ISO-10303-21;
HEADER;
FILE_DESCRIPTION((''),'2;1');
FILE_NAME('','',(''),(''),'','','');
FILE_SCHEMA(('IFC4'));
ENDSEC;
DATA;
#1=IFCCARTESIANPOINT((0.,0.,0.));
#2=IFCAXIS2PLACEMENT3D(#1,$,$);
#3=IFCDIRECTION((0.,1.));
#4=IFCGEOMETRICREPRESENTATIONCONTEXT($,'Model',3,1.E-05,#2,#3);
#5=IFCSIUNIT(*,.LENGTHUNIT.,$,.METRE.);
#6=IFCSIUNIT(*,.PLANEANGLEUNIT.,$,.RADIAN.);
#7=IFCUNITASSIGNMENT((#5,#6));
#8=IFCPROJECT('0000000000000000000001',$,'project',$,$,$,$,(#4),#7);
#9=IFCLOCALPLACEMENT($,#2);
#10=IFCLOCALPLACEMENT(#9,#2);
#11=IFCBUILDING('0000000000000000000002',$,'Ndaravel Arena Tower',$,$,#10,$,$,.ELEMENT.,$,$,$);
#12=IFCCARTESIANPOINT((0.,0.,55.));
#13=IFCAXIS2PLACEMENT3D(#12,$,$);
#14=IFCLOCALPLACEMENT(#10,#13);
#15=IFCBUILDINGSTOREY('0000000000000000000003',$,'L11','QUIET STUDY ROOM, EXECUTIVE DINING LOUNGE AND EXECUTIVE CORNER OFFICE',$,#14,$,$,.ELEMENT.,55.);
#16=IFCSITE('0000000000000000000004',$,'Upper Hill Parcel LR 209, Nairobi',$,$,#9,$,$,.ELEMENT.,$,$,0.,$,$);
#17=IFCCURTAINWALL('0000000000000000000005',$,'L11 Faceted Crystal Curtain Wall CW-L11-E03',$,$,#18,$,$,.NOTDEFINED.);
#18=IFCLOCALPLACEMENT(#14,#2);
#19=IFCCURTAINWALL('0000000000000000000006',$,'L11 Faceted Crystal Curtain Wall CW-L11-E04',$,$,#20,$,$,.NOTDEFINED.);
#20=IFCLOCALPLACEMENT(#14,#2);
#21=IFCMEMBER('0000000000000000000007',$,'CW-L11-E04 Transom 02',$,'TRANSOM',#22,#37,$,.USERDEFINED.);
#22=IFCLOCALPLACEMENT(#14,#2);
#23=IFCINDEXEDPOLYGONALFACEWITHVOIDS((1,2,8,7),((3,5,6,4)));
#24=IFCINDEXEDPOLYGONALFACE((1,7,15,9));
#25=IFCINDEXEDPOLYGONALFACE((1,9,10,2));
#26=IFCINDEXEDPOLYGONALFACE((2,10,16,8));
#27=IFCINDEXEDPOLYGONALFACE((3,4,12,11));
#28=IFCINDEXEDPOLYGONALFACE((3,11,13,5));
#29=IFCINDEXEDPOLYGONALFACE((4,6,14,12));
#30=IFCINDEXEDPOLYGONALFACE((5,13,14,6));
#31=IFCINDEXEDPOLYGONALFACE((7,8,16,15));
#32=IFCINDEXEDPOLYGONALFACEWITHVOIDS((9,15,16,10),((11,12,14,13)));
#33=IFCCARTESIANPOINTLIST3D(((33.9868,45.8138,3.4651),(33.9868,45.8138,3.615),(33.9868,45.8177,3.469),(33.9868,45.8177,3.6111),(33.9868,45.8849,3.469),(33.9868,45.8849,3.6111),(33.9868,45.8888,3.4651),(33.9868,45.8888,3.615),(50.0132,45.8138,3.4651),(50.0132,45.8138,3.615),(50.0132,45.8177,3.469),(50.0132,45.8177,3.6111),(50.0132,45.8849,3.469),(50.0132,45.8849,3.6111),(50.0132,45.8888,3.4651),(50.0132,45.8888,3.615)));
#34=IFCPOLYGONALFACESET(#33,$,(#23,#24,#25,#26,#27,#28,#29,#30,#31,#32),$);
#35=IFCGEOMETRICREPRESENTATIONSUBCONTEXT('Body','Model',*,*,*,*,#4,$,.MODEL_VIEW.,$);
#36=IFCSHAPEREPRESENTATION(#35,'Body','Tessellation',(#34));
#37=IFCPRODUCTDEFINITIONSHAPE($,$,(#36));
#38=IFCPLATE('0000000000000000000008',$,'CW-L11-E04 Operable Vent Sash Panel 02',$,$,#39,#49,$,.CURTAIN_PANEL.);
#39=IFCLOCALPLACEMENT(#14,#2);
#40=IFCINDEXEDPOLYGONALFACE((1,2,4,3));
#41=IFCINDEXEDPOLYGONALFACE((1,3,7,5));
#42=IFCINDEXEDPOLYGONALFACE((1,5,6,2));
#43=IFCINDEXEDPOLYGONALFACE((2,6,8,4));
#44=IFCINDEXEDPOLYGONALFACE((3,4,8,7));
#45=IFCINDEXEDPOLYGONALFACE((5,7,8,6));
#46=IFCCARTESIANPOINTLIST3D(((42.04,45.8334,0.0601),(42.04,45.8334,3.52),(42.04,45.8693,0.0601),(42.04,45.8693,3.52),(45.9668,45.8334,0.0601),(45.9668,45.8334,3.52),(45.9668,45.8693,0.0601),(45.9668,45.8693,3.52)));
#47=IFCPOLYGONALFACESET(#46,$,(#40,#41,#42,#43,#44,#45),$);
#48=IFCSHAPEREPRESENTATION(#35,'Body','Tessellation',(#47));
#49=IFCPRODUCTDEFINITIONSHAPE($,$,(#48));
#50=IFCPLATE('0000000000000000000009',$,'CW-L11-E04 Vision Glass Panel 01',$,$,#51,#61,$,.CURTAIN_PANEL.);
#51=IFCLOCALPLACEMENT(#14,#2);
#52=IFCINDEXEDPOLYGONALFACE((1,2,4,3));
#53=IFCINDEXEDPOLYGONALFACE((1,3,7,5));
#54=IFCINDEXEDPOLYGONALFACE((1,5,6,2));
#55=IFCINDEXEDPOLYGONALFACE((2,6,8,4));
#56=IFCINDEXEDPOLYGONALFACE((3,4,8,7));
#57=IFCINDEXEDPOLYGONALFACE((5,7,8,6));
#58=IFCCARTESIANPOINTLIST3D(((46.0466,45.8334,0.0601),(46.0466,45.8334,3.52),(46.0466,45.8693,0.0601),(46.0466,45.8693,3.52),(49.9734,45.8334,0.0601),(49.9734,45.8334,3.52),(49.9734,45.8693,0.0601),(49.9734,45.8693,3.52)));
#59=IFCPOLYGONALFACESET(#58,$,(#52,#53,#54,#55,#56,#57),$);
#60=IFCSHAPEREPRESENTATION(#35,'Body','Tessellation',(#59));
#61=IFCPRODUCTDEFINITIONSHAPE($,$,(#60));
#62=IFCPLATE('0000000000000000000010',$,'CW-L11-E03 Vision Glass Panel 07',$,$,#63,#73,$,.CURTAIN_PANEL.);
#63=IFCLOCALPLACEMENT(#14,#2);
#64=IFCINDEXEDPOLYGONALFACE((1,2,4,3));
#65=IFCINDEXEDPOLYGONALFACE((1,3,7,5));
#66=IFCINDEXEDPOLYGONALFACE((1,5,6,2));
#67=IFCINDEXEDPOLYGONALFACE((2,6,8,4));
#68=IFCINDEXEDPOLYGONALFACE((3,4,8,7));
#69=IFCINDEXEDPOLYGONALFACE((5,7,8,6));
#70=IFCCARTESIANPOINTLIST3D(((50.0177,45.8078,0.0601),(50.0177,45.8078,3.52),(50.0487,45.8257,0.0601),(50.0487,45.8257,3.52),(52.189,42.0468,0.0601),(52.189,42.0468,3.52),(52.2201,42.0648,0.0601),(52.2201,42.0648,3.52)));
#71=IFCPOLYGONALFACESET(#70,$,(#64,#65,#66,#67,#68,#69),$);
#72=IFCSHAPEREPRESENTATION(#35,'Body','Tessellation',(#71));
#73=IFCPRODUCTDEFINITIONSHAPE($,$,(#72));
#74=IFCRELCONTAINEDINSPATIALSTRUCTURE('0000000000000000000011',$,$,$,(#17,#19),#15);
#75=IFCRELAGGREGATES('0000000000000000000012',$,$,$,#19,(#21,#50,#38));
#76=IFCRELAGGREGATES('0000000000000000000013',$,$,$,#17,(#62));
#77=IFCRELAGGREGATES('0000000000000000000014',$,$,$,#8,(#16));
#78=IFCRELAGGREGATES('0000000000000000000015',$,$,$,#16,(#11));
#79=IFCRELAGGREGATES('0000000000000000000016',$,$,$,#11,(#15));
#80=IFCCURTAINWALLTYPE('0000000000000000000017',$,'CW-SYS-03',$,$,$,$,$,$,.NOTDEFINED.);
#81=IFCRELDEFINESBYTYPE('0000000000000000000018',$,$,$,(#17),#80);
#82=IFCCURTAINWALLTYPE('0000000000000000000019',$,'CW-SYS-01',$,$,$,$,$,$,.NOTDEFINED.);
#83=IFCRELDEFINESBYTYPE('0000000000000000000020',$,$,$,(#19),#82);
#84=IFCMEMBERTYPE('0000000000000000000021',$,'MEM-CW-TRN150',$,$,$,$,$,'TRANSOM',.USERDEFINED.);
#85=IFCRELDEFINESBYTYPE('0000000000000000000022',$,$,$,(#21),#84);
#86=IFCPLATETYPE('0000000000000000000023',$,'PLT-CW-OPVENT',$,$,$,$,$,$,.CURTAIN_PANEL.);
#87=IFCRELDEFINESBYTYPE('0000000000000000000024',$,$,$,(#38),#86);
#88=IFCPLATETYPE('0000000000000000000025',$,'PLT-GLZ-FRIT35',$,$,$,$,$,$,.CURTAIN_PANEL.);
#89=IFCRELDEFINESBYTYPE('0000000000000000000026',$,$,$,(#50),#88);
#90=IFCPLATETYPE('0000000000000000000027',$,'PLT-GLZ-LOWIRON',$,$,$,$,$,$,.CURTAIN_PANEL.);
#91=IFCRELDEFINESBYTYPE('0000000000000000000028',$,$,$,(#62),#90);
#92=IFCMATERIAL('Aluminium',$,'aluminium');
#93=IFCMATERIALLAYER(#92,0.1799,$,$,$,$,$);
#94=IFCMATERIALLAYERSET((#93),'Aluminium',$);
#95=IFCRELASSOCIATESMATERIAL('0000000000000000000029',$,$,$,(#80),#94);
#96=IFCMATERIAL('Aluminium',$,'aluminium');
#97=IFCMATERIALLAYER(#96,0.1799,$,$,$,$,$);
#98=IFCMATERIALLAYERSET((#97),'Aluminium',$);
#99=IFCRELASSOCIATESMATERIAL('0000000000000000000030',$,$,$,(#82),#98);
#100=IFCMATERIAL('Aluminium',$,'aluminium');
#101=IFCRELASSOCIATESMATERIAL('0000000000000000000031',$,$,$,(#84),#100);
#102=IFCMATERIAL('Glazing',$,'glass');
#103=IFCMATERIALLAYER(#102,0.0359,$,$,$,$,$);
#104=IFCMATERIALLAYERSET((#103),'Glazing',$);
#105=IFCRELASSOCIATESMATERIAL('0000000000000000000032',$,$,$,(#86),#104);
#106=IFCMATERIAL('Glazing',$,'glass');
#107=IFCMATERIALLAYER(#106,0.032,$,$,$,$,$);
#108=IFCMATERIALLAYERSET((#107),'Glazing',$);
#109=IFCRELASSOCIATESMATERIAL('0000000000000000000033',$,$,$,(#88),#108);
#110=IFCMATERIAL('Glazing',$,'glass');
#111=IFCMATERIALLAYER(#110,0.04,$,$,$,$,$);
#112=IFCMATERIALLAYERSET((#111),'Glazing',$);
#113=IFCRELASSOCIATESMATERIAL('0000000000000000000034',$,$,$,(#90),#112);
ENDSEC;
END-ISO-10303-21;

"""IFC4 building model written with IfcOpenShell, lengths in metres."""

from ifc_helpers import new_model, si_unit, direction, frame, origin, origin_2d, place, context, subcontext, project, spatial, rectangle, hollow_rectangle, extrude, material, layer, layer_set, material_profile, profile_set, type_object, element, aggregate, save


model = new_model("IFC4")

# Units and contexts
model_context = context("Model", 3, precision=1e-05, world=origin(), true_north=direction((0.0, 1.0)))
body_context = subcontext(model_context, "Body", "Model", "MODEL_VIEW")
ifc_project = project(units=[si_unit("LENGTHUNIT", "METRE"), si_unit("PLANEANGLEUNIT", "RADIAN")], contexts=[model_context])

# Site, building, storey
site_placement = place(None, origin())
site = spatial("IfcSite", under=ifc_project, at=site_placement, Name="Upper Hill Parcel LR 209, Nairobi", CompositionType="ELEMENT", RefElevation=0.0)
building_placement = place(site_placement, origin())
building = spatial("IfcBuilding", under=site, at=building_placement, Name="Ndaravel Arena Tower", CompositionType="ELEMENT")
storey_placement = place(building_placement, frame((0.0, 0.0, 55.0)))
storey = spatial("IfcBuildingStorey", under=building, at=storey_placement, Name="L11", Description="QUIET STUDY ROOM, EXECUTIVE DINING LOUNGE AND EXECUTIVE CORNER OFFICE", CompositionType="ELEMENT", Elevation=55.0)

# Curtain wall
ifc_material_1 = material(Name="Aluminium", Category="aluminium")
ifc_layer_1 = layer(ifc_material_1, 0.1799)
ifc_layer_set_1 = layer_set([ifc_layer_1], Name="Aluminium")
curtain_wall_type_1 = type_object("IfcCurtainWallType", Name="CW-SYS-03", PredefinedType="NOTDEFINED", material=ifc_layer_set_1)
curtain_wall_1_placement = place(storey_placement, origin())
curtain_wall_1 = element("IfcCurtainWall", 1, at=curtain_wall_1_placement, inside=storey, type_object=curtain_wall_type_1, Name="L11 Faceted Crystal Curtain Wall CW-L11-E03", PredefinedType="NOTDEFINED")

# Curtain wall, member, plates
ifc_material_2 = material(Name="Aluminium", Category="aluminium")
ifc_layer_2 = layer(ifc_material_2, 0.1799)
ifc_layer_set_2 = layer_set([ifc_layer_2], Name="Aluminium")
curtain_wall_type_2 = type_object("IfcCurtainWallType", Name="CW-SYS-01", PredefinedType="NOTDEFINED", material=ifc_layer_set_2)
curtain_wall_2_placement = place(storey_placement, origin())
curtain_wall_2 = element("IfcCurtainWall", 2, at=curtain_wall_2_placement, inside=storey, type_object=curtain_wall_type_2, Name="L11 Faceted Crystal Curtain Wall CW-L11-E04", PredefinedType="NOTDEFINED")
ifc_material_3 = material(Name="Aluminium", Category="aluminium")
ifc_material_profile_1 = material_profile(ifc_material_3, hollow_rectangle(XDim=0.075, YDim=0.1499, WallThickness=0.0039, at=origin_2d()), Name="CW TRANSOM 75x150x4")
ifc_profile_set_1 = profile_set([ifc_material_profile_1], Name="Aluminium")
member_type_1 = type_object("IfcMemberType", Name="MEM-CW-TRN150", ElementType="TRANSOM", PredefinedType="USERDEFINED", material=ifc_profile_set_1)
member_1_placement = place(storey_placement, frame((50.0132, 45.8513, 3.54), z_axis=(-1.0, 0.0, 0.0), x_axis=(0.0, -1.0, 0.0)))
member_1 = element("IfcMember", 3, at=member_1_placement, type_object=member_type_1, Name="CW-L11-E04 Transom 02", ObjectType="TRANSOM", PredefinedType="USERDEFINED", context=body_context, shape_type="SweptSolid", body=[
    extrude(hollow_rectangle(XDim=0.075, YDim=0.1499, WallThickness=0.0039, at=origin_2d()), origin(), (0.0, 0.0, 1.0), 16.0264),
])
ifc_material_4 = material(Name="Glazing", Category="glass")
ifc_layer_3 = layer(ifc_material_4, 0.0359)
ifc_layer_set_3 = layer_set([ifc_layer_3], Name="Glazing")
plate_type_1 = type_object("IfcPlateType", Name="PLT-CW-OPVENT", PredefinedType="CURTAIN_PANEL", material=ifc_layer_set_3)
plate_1_placement = place(storey_placement, frame((44.0034, 45.8513, 0.0601), z_axis=(0.0, 0.0, 1.0), x_axis=(-1.0, 0.0, 0.0)))
plate_1 = element("IfcPlate", 4, at=plate_1_placement, type_object=plate_type_1, Name="CW-L11-E04 Operable Vent Sash Panel 02", PredefinedType="CURTAIN_PANEL", context=body_context, shape_type="SweptSolid", body=[
    extrude(rectangle(XDim=3.9268, YDim=0.0359, at=origin_2d()), origin(), (0.0, 0.0, 1.0), 3.46),
])
ifc_material_5 = material(Name="Glazing", Category="glass")
ifc_layer_4 = layer(ifc_material_5, 0.032)
ifc_layer_set_4 = layer_set([ifc_layer_4], Name="Glazing")
plate_type_2 = type_object("IfcPlateType", Name="PLT-GLZ-FRIT35", PredefinedType="CURTAIN_PANEL", material=ifc_layer_set_4)
plate_2_placement = place(storey_placement, frame((48.01, 45.8513, 0.0601), z_axis=(0.0, 0.0, 1.0), x_axis=(-1.0, 0.0, 0.0)))
plate_2 = element("IfcPlate", 5, at=plate_2_placement, type_object=plate_type_2, Name="CW-L11-E04 Vision Glass Panel 01", PredefinedType="CURTAIN_PANEL", context=body_context, shape_type="SweptSolid", body=[
    extrude(rectangle(XDim=3.9268, YDim=0.0359, at=origin_2d()), origin(), (0.0, 0.0, 1.0), 3.46),
])
aggregate(curtain_wall_2, [member_1, plate_2, plate_1])

# Plate
ifc_material_6 = material(Name="Glazing", Category="glass")
ifc_layer_5 = layer(ifc_material_6, 0.04)
ifc_layer_set_5 = layer_set([ifc_layer_5], Name="Glazing")
plate_type_3 = type_object("IfcPlateType", Name="PLT-GLZ-LOWIRON", PredefinedType="CURTAIN_PANEL", material=ifc_layer_set_5)
plate_3_placement = place(storey_placement, frame((51.1189, 43.9363, 0.0601), z_axis=(0.0, 0.0, 1.0), x_axis=(-0.5, 0.866025, 0.0)))
plate_3 = element("IfcPlate", 6, at=plate_3_placement, type_object=plate_type_3, Name="CW-L11-E03 Vision Glass Panel 07", PredefinedType="CURTAIN_PANEL", context=body_context, shape_type="SweptSolid", body=[
    extrude(rectangle(XDim=4.3428, YDim=0.0359, at=origin_2d()), origin(), (0.0, 0.0, 1.0), 3.46),
])
aggregate(curtain_wall_1, [plate_3])

save(model, "model.ifc")
